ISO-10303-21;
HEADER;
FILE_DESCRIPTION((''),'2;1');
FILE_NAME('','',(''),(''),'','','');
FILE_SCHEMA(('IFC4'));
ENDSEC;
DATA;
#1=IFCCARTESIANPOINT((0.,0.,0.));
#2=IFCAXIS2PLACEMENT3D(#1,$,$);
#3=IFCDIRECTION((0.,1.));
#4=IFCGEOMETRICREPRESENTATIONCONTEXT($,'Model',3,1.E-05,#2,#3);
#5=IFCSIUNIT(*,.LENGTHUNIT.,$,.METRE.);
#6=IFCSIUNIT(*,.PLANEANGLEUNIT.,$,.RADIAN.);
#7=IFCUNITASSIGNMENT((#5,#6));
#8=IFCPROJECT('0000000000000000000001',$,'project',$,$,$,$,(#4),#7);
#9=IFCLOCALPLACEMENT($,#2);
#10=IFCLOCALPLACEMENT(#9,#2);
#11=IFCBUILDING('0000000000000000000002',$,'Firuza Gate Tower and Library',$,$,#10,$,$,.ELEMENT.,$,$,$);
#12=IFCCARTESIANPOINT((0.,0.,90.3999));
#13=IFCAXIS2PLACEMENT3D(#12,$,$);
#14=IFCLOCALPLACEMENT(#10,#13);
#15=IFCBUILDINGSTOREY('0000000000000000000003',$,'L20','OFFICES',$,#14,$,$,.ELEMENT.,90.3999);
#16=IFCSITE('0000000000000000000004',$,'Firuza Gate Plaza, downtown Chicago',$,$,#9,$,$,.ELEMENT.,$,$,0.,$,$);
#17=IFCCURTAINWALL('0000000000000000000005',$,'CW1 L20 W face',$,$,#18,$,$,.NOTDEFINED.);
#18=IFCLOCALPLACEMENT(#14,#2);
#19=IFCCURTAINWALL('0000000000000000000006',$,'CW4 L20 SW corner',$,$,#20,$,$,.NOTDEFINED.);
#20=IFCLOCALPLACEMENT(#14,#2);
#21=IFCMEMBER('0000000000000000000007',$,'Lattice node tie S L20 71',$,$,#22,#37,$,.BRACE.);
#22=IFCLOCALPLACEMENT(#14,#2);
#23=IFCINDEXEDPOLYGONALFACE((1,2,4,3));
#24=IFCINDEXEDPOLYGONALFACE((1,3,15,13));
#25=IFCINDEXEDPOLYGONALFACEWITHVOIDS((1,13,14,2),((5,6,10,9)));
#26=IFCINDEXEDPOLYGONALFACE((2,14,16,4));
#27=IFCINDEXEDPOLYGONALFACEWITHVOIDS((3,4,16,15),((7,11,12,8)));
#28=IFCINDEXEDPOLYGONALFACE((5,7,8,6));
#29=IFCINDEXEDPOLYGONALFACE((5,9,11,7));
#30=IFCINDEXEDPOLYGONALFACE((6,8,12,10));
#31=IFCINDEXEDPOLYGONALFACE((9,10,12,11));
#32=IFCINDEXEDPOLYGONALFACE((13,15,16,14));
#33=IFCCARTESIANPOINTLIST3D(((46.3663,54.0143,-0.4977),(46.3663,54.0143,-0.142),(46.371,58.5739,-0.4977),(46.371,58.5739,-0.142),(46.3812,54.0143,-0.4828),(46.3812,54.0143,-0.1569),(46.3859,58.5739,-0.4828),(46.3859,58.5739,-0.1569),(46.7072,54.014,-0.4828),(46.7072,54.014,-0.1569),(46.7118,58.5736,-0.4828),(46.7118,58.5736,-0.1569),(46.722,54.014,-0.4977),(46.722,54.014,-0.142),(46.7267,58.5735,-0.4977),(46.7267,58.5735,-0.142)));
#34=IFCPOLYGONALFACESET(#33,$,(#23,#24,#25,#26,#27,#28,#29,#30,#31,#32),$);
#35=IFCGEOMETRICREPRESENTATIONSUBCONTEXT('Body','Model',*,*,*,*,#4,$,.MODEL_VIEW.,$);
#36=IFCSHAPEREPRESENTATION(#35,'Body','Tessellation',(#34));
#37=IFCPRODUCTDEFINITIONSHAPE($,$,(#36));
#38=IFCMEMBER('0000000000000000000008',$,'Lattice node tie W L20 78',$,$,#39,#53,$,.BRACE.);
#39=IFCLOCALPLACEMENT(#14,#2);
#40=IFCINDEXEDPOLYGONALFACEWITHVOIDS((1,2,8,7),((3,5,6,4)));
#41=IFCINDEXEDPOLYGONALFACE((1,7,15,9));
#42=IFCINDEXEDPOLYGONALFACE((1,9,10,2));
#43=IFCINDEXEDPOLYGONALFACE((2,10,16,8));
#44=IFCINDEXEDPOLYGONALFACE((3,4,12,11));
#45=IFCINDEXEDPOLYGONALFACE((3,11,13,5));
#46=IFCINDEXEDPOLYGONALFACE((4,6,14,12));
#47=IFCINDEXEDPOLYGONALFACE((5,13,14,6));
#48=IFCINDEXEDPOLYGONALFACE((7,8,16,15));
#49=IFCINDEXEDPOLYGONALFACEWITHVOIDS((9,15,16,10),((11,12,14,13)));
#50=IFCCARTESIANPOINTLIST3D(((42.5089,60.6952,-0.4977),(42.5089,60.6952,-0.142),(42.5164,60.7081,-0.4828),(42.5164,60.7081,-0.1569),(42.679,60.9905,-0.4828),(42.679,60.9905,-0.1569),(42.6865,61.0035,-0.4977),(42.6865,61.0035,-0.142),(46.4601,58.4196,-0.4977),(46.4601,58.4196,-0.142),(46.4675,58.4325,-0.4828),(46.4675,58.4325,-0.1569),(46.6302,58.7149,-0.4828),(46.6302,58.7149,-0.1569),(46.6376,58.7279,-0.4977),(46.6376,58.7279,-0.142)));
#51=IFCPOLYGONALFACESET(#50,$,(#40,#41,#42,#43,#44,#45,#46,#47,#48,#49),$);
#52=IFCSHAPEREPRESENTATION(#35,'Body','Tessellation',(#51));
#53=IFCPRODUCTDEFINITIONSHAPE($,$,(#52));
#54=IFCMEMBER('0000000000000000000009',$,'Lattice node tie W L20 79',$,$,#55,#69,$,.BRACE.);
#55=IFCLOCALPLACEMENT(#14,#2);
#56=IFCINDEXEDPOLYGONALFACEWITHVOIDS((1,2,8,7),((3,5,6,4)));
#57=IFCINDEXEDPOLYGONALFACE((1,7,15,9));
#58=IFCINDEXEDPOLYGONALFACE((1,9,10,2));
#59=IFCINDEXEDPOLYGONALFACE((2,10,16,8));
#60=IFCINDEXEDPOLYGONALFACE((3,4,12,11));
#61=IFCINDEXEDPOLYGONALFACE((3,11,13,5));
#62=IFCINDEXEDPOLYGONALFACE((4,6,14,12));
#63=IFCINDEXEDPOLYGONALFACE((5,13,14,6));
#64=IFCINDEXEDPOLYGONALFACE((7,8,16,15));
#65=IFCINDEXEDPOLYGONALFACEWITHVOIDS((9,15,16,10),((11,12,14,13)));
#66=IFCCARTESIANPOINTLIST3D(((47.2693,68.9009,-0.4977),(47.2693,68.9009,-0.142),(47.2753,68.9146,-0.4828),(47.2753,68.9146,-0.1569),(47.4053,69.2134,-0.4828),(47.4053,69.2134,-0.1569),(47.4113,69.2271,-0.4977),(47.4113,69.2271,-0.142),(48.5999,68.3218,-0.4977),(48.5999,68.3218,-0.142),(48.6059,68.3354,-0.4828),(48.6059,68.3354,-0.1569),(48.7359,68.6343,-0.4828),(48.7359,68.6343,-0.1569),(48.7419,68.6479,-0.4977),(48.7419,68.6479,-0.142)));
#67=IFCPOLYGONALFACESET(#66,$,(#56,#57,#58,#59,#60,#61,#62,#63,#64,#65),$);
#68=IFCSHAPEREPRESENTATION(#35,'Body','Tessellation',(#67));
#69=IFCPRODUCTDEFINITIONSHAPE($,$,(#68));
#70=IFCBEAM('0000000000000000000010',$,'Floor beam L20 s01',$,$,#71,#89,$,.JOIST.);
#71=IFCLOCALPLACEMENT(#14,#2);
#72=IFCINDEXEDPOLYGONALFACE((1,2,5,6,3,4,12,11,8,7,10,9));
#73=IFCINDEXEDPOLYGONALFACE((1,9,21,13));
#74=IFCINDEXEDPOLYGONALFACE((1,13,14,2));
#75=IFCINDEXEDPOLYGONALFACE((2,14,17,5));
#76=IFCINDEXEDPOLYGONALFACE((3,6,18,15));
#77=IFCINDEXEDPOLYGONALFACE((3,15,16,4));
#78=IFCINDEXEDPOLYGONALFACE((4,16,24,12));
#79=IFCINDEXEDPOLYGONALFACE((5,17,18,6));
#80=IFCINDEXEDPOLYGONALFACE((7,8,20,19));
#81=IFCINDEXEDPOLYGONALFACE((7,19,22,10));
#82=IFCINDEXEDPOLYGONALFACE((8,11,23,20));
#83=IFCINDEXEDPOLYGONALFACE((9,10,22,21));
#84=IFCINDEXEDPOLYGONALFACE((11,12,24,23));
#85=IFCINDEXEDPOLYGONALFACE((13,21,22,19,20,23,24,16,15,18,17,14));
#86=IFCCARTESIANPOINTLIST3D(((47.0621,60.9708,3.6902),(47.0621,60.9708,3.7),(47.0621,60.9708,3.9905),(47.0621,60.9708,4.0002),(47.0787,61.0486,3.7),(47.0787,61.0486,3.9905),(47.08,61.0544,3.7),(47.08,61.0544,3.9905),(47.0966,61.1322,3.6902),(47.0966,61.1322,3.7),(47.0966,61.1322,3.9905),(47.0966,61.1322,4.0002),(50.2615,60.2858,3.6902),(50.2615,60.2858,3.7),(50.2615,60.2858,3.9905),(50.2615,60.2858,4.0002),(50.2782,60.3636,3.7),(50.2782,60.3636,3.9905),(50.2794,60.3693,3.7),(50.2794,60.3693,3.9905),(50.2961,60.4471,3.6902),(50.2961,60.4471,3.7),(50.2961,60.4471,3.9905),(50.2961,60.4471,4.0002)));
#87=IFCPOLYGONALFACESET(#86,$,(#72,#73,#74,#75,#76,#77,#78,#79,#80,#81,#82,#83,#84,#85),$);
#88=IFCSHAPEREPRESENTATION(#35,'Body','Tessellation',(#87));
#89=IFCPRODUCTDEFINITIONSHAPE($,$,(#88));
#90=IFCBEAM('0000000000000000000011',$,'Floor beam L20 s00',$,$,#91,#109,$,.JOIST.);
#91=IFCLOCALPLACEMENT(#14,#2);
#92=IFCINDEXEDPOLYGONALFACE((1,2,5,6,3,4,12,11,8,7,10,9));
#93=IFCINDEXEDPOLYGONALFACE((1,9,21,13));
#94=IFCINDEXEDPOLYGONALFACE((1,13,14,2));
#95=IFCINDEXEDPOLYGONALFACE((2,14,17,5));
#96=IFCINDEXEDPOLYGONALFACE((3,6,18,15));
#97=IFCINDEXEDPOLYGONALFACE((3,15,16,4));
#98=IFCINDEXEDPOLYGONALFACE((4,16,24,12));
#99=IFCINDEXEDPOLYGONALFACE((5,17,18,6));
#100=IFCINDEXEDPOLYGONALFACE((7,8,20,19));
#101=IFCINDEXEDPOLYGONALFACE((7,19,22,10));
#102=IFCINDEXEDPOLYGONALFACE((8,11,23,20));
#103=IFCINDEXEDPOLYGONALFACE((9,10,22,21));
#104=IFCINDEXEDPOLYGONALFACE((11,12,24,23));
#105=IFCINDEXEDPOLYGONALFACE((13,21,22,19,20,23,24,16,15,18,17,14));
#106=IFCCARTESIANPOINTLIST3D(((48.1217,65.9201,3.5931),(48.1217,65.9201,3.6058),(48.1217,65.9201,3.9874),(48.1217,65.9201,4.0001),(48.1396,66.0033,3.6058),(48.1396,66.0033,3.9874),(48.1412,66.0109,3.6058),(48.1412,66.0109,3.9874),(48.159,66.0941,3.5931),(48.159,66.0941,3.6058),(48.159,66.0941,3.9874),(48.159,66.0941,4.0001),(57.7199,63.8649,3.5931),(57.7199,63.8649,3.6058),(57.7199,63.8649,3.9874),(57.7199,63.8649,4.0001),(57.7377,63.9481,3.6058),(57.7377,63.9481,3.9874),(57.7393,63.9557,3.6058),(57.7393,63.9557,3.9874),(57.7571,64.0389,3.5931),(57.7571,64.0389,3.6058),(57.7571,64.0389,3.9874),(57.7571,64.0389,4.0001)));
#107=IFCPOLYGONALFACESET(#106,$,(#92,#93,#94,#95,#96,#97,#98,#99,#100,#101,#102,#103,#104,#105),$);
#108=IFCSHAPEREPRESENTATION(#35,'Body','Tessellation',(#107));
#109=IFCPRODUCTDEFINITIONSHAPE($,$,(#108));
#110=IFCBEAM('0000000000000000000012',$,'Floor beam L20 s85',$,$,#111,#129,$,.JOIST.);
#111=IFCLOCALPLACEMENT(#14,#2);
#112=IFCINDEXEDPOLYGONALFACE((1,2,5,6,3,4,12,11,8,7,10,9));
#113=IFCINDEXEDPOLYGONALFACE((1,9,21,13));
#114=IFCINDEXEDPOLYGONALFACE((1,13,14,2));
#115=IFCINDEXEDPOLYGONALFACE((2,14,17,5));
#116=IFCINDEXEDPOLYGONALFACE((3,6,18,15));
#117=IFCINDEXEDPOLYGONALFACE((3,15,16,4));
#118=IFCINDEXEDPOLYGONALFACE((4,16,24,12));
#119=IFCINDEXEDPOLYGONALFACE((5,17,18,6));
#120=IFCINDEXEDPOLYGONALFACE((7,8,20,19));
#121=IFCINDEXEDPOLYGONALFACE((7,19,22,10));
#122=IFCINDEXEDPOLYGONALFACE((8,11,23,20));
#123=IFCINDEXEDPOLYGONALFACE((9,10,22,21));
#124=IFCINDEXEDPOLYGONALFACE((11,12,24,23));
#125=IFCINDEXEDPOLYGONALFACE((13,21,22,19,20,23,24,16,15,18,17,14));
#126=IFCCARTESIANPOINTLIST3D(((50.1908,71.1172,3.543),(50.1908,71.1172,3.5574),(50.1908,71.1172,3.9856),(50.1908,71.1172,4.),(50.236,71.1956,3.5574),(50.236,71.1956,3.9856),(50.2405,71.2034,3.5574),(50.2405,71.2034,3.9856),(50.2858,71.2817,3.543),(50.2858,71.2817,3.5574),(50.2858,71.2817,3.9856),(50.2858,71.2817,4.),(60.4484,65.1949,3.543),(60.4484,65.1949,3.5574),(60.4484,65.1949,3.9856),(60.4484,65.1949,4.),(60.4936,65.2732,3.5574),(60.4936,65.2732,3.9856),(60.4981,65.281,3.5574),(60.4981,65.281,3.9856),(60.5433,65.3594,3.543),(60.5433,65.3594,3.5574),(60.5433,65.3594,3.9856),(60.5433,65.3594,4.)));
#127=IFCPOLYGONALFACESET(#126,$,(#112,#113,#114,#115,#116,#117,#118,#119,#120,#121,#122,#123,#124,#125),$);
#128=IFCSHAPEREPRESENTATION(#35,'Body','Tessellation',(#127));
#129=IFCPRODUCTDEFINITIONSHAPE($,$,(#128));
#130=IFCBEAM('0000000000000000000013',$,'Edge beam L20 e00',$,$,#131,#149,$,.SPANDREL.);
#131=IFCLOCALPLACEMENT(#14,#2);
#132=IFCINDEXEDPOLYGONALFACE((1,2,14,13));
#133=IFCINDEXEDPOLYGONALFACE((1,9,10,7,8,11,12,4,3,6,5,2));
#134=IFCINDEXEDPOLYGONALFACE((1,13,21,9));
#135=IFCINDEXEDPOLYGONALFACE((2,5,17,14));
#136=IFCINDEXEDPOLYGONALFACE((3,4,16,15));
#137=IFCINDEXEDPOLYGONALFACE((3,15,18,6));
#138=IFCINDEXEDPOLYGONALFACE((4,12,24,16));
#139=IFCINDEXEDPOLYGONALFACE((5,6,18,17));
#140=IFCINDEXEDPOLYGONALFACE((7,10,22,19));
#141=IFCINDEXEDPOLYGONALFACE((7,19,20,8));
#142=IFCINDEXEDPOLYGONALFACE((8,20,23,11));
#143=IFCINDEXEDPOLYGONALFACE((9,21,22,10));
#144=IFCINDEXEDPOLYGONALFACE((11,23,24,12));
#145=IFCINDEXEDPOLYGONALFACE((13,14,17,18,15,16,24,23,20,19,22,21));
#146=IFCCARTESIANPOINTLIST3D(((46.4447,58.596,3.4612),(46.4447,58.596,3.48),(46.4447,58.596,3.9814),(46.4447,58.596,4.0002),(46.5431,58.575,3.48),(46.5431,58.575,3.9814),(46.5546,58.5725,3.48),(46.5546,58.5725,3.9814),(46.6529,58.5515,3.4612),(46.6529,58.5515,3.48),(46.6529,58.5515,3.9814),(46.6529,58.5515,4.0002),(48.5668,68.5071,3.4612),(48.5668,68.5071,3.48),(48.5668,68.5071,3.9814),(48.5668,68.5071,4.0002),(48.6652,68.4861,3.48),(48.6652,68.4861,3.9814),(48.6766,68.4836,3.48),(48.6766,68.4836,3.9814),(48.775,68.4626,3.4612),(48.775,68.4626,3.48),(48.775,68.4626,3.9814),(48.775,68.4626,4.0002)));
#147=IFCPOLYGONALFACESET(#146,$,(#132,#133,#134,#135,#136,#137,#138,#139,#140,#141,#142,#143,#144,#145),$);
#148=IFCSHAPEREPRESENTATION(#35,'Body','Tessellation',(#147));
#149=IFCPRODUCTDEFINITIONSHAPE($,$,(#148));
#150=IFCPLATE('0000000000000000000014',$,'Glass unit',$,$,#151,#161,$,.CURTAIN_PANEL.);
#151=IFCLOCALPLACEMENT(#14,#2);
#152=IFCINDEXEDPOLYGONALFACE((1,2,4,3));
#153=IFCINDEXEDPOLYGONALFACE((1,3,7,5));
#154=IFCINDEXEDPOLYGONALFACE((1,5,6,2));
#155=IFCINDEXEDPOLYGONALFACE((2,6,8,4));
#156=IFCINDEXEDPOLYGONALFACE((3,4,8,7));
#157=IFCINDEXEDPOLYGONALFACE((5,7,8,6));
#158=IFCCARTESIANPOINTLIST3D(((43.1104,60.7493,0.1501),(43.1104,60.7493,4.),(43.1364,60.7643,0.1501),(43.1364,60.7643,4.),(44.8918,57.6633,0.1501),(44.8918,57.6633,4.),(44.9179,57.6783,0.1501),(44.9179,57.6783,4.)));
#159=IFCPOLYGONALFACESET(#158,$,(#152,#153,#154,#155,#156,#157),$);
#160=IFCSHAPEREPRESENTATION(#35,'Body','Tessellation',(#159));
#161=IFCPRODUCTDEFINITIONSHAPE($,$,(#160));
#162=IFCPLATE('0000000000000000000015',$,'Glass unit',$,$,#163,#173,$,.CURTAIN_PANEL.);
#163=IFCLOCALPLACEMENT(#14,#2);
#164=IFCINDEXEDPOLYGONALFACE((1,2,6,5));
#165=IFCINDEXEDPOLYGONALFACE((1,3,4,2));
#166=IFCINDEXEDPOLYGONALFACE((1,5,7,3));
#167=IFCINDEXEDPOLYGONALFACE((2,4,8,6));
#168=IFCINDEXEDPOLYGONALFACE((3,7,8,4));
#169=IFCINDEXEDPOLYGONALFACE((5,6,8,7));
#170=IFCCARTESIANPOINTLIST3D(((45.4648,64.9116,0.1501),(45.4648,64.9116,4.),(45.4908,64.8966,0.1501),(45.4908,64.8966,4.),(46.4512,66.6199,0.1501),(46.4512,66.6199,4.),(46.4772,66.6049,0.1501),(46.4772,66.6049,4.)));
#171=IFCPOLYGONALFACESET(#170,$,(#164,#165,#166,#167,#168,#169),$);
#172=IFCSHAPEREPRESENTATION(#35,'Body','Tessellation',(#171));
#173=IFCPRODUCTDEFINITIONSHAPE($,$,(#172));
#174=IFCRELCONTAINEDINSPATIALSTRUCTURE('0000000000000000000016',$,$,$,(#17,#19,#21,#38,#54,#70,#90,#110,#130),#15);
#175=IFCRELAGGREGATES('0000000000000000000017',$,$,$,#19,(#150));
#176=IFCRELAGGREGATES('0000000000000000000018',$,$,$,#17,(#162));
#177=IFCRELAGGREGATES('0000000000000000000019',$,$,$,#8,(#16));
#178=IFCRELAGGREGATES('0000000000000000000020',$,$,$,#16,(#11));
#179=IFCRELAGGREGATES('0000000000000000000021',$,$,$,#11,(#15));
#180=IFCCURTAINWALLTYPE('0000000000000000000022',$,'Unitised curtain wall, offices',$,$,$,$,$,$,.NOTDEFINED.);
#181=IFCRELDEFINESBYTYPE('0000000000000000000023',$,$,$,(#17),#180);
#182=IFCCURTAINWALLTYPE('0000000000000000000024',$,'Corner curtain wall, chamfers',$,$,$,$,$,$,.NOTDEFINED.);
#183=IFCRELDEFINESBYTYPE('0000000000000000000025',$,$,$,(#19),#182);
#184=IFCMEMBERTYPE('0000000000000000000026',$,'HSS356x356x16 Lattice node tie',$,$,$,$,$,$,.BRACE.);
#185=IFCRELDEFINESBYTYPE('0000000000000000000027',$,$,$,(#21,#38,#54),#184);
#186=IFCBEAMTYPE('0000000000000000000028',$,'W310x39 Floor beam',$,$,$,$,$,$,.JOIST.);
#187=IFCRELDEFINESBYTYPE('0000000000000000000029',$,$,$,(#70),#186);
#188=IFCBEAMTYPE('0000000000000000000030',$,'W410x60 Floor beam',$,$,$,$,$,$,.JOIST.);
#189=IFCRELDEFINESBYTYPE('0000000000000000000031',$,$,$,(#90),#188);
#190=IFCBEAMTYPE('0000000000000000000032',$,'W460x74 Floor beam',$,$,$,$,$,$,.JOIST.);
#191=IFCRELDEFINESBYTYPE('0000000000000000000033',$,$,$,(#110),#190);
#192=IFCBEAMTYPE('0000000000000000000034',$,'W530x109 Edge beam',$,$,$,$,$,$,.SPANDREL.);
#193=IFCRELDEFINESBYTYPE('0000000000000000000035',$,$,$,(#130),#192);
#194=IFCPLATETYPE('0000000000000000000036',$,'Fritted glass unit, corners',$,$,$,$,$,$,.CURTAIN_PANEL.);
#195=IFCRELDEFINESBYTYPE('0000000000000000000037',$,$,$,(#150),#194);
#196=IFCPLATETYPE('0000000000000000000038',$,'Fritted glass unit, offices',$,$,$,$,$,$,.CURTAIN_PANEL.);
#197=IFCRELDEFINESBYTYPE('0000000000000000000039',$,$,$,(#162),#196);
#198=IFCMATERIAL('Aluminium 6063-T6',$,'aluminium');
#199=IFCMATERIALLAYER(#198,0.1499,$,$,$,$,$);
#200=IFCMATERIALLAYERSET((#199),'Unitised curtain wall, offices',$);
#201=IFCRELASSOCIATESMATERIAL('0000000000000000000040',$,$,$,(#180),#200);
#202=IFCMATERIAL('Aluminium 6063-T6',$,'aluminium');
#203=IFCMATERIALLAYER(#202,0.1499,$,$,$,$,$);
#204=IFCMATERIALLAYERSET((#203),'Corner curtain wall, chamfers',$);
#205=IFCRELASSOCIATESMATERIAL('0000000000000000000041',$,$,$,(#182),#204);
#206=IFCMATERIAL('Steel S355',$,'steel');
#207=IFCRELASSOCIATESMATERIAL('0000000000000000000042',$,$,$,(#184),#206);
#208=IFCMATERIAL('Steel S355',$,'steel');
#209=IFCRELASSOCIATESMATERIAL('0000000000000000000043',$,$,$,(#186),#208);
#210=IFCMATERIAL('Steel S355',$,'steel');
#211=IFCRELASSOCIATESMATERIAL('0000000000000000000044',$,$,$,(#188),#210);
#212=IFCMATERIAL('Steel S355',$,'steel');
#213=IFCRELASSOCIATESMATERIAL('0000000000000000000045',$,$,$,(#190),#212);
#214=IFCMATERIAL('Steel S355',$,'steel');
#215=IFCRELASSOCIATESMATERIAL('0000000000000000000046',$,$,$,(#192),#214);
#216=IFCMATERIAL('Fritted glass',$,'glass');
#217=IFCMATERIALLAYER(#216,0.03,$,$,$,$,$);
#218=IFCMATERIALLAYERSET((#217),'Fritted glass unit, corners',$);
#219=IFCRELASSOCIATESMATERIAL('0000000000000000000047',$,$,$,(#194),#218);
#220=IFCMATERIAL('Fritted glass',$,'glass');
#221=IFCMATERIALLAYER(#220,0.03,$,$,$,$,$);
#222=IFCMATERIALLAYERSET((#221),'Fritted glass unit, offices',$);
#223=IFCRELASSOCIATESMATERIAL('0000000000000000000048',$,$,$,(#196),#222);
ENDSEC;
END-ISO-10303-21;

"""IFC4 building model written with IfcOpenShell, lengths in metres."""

from ifc_helpers import new_model, si_unit, direction, frame, origin, origin_2d, place, context, subcontext, project, spatial, polyline, hollow_rectangle, i_section, outline, extrude, material, layer, layer_set, material_profile, profile_set, type_object, element, aggregate, save


model = new_model("IFC4")

# Units and contexts
model_context = context("Model", 3, precision=1e-05, world=origin(), true_north=direction((0.0, 1.0)))
body_context = subcontext(model_context, "Body", "Model", "MODEL_VIEW")
ifc_project = project(units=[si_unit("LENGTHUNIT", "METRE"), si_unit("PLANEANGLEUNIT", "RADIAN")], contexts=[model_context])

# Site, building, storey
site_placement = place(None, origin())
site = spatial("IfcSite", under=ifc_project, at=site_placement, Name="Firuza Gate Plaza, downtown Chicago", CompositionType="ELEMENT", RefElevation=0.0)
building_placement = place(site_placement, origin())
building = spatial("IfcBuilding", under=site, at=building_placement, Name="Firuza Gate Tower and Library", CompositionType="ELEMENT")
storey_placement = place(building_placement, frame((0.0, 0.0, 90.3999)))
storey = spatial("IfcBuildingStorey", under=building, at=storey_placement, Name="L20", Description="OFFICES", CompositionType="ELEMENT", Elevation=90.3999)

# Curtain walls
ifc_material_1 = material(Name="Aluminium 6063-T6", Category="aluminium")
ifc_layer_1 = layer(ifc_material_1, 0.1499)
ifc_layer_set_1 = layer_set([ifc_layer_1], Name="Unitised curtain wall, offices")
curtain_wall_type_1 = type_object("IfcCurtainWallType", Name="Unitised curtain wall, offices", PredefinedType="NOTDEFINED", material=ifc_layer_set_1)
placement = place(storey_placement, origin())
curtain_wall_1 = element("IfcCurtainWall", 1, at=placement, inside=storey, type_object=curtain_wall_type_1, Name="CW1 L20 W face", PredefinedType="NOTDEFINED")
ifc_material_2 = material(Name="Aluminium 6063-T6", Category="aluminium")
ifc_layer_2 = layer(ifc_material_2, 0.1499)
ifc_layer_set_2 = layer_set([ifc_layer_2], Name="Corner curtain wall, chamfers")
curtain_wall_type_2 = type_object("IfcCurtainWallType", Name="Corner curtain wall, chamfers", PredefinedType="NOTDEFINED", material=ifc_layer_set_2)
curtain_wall_2 = element("IfcCurtainWall", 2, at=placement, inside=storey, type_object=curtain_wall_type_2, Name="CW4 L20 SW corner", PredefinedType="NOTDEFINED")

# Members
ifc_material_3 = material(Name="Steel S355", Category="steel")
ifc_material_profile_1 = material_profile(ifc_material_3, hollow_rectangle(XDim=0.3557, YDim=0.3557, WallThickness=0.0149, at=origin_2d()))
ifc_profile_set_1 = profile_set([ifc_material_profile_1], Name="Steel S355")
member_type_1 = type_object("IfcMemberType", Name="HSS356x356x16 Lattice node tie", PredefinedType="BRACE", material=ifc_profile_set_1)
for number, where, z_axis, x_axis, name in (
    (3, (46.5488, 58.5737, -0.3198), (-0.001017, -0.999999, 0.0), (0.999999, -0.001017, 0.0), "Lattice node tie S L20 71"),
    (4, (46.5488, 58.5737, -0.3198), (-0.866554, 0.499083, 0.0), (-0.499083, -0.866554, 0.0), "Lattice node tie W L20 78"),
):
    element("IfcMember", number, at=place(storey_placement, frame(where, z_axis=z_axis, x_axis=x_axis)), inside=storey, type_object=member_type_1, Name=name, PredefinedType="BRACE", context=body_context, shape_type="SweptSolid", body=[
        extrude(hollow_rectangle(XDim=0.3557, YDim=0.3557, WallThickness=0.0149, at=origin_2d()), origin(), (0.0, 0.0, 1.0), 4.5596),
    ])
member_1_placement = place(storey_placement, frame((48.6709, 68.4849, -0.3198), z_axis=(-0.91692, 0.399071, 0.0), x_axis=(-0.399071, -0.91692, 0.0)))
element("IfcMember", 5, at=member_1_placement, inside=storey, type_object=member_type_1, Name="Lattice node tie W L20 79", PredefinedType="BRACE", context=body_context, shape_type="SweptSolid", body=[
    extrude(hollow_rectangle(XDim=0.3557, YDim=0.3557, WallThickness=0.0149, at=origin_2d()), origin(), (0.0, 0.0, 1.0), 1.4512),
])

# Beams
ifc_material_4 = material(Name="Steel S355", Category="steel")
ifc_material_profile_2 = material_profile(ifc_material_4, i_section(OverallWidth=0.165, OverallDepth=0.3101, WebThickness=0.0059, FlangeThickness=0.0098, at=origin_2d()))
ifc_profile_set_2 = profile_set([ifc_material_profile_2], Name="Steel S355")
beam_type_1 = type_object("IfcBeamType", Name="W310x39 Floor beam", PredefinedType="JOIST", material=ifc_profile_set_2)
beam_1_placement = place(storey_placement, frame((47.0793, 61.0515, 3.8452), z_axis=(0.977836, -0.209371, 0.0), x_axis=(0.209371, 0.977836, 0.0)))
element("IfcBeam", 6, at=beam_1_placement, inside=storey, type_object=beam_type_1, Name="Floor beam L20 s01", PredefinedType="JOIST", context=body_context, shape_type="SweptSolid", body=[
    extrude(i_section(OverallWidth=0.165, OverallDepth=0.3101, WebThickness=0.0059, FlangeThickness=0.0098, at=origin_2d()), origin(), (0.0, 0.0, 1.0), 3.272),
])
ifc_material_5 = material(Name="Steel S355", Category="steel")
ifc_material_profile_3 = material_profile(ifc_material_5, i_section(OverallWidth=0.178, OverallDepth=0.407, WebThickness=0.0078, FlangeThickness=0.0127, at=origin_2d()))
ifc_profile_set_3 = profile_set([ifc_material_profile_3], Name="Steel S355")
beam_type_2 = type_object("IfcBeamType", Name="W410x60 Floor beam", PredefinedType="JOIST", material=ifc_profile_set_3)
beam_2_placement = place(storey_placement, frame((48.1404, 66.0071, 3.7966), z_axis=(0.977835, -0.209376, 0.0), x_axis=(0.209376, 0.977835, 0.0)))
element("IfcBeam", 7, at=beam_2_placement, inside=storey, type_object=beam_type_2, Name="Floor beam L20 s00", PredefinedType="JOIST", context=body_context, shape_type="SweptSolid", body=[
    extrude(i_section(OverallWidth=0.178, OverallDepth=0.407, WebThickness=0.0078, FlangeThickness=0.0127, at=origin_2d()), origin(), (0.0, 0.0, 1.0), 9.8157),
])
ifc_material_6 = material(Name="Steel S355", Category="steel")
ifc_material_profile_4 = material_profile(ifc_material_6, i_section(OverallWidth=0.1899, OverallDepth=0.457, WebThickness=0.009, FlangeThickness=0.0144, at=origin_2d()))
ifc_profile_set_4 = profile_set([ifc_material_profile_4], Name="Steel S355")
beam_type_3 = type_object("IfcBeamType", Name="W460x74 Floor beam", PredefinedType="JOIST", material=ifc_profile_set_4)
beam_3_placement = place(storey_placement, frame((50.2383, 71.1995, 3.7715), z_axis=(0.86602, -0.50001, 0.0), x_axis=(0.50001, 0.86602, 0.0)))
element("IfcBeam", 8, at=beam_3_placement, inside=storey, type_object=beam_type_3, Name="Floor beam L20 s85", PredefinedType="JOIST", context=body_context, shape_type="SweptSolid", body=[
    extrude(i_section(OverallWidth=0.1899, OverallDepth=0.457, WebThickness=0.009, FlangeThickness=0.0144, at=origin_2d()), origin(), (0.0, 0.0, 1.0), 11.8445),
])
ifc_material_7 = material(Name="Steel S355", Category="steel")
ifc_material_profile_5 = material_profile(ifc_material_7, i_section(OverallWidth=0.2129, OverallDepth=0.5391, WebThickness=0.0117, FlangeThickness=0.0188, at=origin_2d()))
ifc_profile_set_5 = profile_set([ifc_material_profile_5], Name="Steel S355")
beam_type_4 = type_object("IfcBeamType", Name="W530x109 Edge beam", PredefinedType="SPANDREL", material=ifc_profile_set_5)
beam_4_placement = place(storey_placement, frame((48.6709, 68.4849, 3.7307), z_axis=(-0.209365, -0.977838, 0.0), x_axis=(0.977838, -0.209365, 0.0)))
element("IfcBeam", 9, at=beam_4_placement, inside=storey, type_object=beam_type_4, Name="Edge beam L20 e00", PredefinedType="SPANDREL", context=body_context, shape_type="SweptSolid", body=[
    extrude(i_section(OverallWidth=0.2129, OverallDepth=0.5391, WebThickness=0.0117, FlangeThickness=0.0188, at=origin_2d()), origin(), (0.0, 0.0, 1.0), 10.1357),
])

# Plates
ifc_material_8 = material(Name="Fritted glass", Category="glass")
ifc_layer_3 = layer(ifc_material_8, 0.03)
ifc_layer_set_3 = layer_set([ifc_layer_3], Name="Fritted glass unit, corners")
plate_type_1 = type_object("IfcPlateType", Name="Fritted glass unit, corners", PredefinedType="CURTAIN_PANEL", material=ifc_layer_set_3)
plate_1_placement = place(storey_placement, frame((43.1104, 60.7493, 0.1501), z_axis=(-0.866046, -0.499964, 0.0), x_axis=(0.499964, -0.866046, 0.0)))
plate_1 = element("IfcPlate", 10, at=plate_1_placement, type_object=plate_type_1, Name="Glass unit", PredefinedType="CURTAIN_PANEL", context=body_context, shape_type="SweptSolid", body=[
    extrude(outline(polyline([(0.0, 0.0), (3.5632, 0.0), (3.5632, 3.8499), (0.0, 3.8499), (0.0, 0.0)])), origin(), (0.0, 0.0, -1.0), 0.03),
])
aggregate(curtain_wall_2, [plate_1])
ifc_material_9 = material(Name="Fritted glass", Category="glass")
ifc_layer_4 = layer(ifc_material_9, 0.03)
ifc_layer_set_4 = layer_set([ifc_layer_4], Name="Fritted glass unit, offices")
plate_type_2 = type_object("IfcPlateType", Name="Fritted glass unit, offices", PredefinedType="CURTAIN_PANEL", material=ifc_layer_set_4)
plate_2_placement = place(storey_placement, frame((46.4512, 66.6199, 0.1501), z_axis=(-0.86601, 0.500026, 0.0), x_axis=(-0.500026, -0.86601, 0.0)))
plate_2 = element("IfcPlate", 11, at=plate_2_placement, type_object=plate_type_2, Name="Glass unit", PredefinedType="CURTAIN_PANEL", context=body_context, shape_type="SweptSolid", body=[
    extrude(outline(polyline([(0.0, 0.0), (1.9726, 0.0), (1.9726, 3.8499), (0.0, 3.8499), (0.0, 0.0)])), origin(), (0.0, 0.0, -1.0), 0.03),
])
aggregate(curtain_wall_1, [plate_2])

save(model, "model.ifc")
